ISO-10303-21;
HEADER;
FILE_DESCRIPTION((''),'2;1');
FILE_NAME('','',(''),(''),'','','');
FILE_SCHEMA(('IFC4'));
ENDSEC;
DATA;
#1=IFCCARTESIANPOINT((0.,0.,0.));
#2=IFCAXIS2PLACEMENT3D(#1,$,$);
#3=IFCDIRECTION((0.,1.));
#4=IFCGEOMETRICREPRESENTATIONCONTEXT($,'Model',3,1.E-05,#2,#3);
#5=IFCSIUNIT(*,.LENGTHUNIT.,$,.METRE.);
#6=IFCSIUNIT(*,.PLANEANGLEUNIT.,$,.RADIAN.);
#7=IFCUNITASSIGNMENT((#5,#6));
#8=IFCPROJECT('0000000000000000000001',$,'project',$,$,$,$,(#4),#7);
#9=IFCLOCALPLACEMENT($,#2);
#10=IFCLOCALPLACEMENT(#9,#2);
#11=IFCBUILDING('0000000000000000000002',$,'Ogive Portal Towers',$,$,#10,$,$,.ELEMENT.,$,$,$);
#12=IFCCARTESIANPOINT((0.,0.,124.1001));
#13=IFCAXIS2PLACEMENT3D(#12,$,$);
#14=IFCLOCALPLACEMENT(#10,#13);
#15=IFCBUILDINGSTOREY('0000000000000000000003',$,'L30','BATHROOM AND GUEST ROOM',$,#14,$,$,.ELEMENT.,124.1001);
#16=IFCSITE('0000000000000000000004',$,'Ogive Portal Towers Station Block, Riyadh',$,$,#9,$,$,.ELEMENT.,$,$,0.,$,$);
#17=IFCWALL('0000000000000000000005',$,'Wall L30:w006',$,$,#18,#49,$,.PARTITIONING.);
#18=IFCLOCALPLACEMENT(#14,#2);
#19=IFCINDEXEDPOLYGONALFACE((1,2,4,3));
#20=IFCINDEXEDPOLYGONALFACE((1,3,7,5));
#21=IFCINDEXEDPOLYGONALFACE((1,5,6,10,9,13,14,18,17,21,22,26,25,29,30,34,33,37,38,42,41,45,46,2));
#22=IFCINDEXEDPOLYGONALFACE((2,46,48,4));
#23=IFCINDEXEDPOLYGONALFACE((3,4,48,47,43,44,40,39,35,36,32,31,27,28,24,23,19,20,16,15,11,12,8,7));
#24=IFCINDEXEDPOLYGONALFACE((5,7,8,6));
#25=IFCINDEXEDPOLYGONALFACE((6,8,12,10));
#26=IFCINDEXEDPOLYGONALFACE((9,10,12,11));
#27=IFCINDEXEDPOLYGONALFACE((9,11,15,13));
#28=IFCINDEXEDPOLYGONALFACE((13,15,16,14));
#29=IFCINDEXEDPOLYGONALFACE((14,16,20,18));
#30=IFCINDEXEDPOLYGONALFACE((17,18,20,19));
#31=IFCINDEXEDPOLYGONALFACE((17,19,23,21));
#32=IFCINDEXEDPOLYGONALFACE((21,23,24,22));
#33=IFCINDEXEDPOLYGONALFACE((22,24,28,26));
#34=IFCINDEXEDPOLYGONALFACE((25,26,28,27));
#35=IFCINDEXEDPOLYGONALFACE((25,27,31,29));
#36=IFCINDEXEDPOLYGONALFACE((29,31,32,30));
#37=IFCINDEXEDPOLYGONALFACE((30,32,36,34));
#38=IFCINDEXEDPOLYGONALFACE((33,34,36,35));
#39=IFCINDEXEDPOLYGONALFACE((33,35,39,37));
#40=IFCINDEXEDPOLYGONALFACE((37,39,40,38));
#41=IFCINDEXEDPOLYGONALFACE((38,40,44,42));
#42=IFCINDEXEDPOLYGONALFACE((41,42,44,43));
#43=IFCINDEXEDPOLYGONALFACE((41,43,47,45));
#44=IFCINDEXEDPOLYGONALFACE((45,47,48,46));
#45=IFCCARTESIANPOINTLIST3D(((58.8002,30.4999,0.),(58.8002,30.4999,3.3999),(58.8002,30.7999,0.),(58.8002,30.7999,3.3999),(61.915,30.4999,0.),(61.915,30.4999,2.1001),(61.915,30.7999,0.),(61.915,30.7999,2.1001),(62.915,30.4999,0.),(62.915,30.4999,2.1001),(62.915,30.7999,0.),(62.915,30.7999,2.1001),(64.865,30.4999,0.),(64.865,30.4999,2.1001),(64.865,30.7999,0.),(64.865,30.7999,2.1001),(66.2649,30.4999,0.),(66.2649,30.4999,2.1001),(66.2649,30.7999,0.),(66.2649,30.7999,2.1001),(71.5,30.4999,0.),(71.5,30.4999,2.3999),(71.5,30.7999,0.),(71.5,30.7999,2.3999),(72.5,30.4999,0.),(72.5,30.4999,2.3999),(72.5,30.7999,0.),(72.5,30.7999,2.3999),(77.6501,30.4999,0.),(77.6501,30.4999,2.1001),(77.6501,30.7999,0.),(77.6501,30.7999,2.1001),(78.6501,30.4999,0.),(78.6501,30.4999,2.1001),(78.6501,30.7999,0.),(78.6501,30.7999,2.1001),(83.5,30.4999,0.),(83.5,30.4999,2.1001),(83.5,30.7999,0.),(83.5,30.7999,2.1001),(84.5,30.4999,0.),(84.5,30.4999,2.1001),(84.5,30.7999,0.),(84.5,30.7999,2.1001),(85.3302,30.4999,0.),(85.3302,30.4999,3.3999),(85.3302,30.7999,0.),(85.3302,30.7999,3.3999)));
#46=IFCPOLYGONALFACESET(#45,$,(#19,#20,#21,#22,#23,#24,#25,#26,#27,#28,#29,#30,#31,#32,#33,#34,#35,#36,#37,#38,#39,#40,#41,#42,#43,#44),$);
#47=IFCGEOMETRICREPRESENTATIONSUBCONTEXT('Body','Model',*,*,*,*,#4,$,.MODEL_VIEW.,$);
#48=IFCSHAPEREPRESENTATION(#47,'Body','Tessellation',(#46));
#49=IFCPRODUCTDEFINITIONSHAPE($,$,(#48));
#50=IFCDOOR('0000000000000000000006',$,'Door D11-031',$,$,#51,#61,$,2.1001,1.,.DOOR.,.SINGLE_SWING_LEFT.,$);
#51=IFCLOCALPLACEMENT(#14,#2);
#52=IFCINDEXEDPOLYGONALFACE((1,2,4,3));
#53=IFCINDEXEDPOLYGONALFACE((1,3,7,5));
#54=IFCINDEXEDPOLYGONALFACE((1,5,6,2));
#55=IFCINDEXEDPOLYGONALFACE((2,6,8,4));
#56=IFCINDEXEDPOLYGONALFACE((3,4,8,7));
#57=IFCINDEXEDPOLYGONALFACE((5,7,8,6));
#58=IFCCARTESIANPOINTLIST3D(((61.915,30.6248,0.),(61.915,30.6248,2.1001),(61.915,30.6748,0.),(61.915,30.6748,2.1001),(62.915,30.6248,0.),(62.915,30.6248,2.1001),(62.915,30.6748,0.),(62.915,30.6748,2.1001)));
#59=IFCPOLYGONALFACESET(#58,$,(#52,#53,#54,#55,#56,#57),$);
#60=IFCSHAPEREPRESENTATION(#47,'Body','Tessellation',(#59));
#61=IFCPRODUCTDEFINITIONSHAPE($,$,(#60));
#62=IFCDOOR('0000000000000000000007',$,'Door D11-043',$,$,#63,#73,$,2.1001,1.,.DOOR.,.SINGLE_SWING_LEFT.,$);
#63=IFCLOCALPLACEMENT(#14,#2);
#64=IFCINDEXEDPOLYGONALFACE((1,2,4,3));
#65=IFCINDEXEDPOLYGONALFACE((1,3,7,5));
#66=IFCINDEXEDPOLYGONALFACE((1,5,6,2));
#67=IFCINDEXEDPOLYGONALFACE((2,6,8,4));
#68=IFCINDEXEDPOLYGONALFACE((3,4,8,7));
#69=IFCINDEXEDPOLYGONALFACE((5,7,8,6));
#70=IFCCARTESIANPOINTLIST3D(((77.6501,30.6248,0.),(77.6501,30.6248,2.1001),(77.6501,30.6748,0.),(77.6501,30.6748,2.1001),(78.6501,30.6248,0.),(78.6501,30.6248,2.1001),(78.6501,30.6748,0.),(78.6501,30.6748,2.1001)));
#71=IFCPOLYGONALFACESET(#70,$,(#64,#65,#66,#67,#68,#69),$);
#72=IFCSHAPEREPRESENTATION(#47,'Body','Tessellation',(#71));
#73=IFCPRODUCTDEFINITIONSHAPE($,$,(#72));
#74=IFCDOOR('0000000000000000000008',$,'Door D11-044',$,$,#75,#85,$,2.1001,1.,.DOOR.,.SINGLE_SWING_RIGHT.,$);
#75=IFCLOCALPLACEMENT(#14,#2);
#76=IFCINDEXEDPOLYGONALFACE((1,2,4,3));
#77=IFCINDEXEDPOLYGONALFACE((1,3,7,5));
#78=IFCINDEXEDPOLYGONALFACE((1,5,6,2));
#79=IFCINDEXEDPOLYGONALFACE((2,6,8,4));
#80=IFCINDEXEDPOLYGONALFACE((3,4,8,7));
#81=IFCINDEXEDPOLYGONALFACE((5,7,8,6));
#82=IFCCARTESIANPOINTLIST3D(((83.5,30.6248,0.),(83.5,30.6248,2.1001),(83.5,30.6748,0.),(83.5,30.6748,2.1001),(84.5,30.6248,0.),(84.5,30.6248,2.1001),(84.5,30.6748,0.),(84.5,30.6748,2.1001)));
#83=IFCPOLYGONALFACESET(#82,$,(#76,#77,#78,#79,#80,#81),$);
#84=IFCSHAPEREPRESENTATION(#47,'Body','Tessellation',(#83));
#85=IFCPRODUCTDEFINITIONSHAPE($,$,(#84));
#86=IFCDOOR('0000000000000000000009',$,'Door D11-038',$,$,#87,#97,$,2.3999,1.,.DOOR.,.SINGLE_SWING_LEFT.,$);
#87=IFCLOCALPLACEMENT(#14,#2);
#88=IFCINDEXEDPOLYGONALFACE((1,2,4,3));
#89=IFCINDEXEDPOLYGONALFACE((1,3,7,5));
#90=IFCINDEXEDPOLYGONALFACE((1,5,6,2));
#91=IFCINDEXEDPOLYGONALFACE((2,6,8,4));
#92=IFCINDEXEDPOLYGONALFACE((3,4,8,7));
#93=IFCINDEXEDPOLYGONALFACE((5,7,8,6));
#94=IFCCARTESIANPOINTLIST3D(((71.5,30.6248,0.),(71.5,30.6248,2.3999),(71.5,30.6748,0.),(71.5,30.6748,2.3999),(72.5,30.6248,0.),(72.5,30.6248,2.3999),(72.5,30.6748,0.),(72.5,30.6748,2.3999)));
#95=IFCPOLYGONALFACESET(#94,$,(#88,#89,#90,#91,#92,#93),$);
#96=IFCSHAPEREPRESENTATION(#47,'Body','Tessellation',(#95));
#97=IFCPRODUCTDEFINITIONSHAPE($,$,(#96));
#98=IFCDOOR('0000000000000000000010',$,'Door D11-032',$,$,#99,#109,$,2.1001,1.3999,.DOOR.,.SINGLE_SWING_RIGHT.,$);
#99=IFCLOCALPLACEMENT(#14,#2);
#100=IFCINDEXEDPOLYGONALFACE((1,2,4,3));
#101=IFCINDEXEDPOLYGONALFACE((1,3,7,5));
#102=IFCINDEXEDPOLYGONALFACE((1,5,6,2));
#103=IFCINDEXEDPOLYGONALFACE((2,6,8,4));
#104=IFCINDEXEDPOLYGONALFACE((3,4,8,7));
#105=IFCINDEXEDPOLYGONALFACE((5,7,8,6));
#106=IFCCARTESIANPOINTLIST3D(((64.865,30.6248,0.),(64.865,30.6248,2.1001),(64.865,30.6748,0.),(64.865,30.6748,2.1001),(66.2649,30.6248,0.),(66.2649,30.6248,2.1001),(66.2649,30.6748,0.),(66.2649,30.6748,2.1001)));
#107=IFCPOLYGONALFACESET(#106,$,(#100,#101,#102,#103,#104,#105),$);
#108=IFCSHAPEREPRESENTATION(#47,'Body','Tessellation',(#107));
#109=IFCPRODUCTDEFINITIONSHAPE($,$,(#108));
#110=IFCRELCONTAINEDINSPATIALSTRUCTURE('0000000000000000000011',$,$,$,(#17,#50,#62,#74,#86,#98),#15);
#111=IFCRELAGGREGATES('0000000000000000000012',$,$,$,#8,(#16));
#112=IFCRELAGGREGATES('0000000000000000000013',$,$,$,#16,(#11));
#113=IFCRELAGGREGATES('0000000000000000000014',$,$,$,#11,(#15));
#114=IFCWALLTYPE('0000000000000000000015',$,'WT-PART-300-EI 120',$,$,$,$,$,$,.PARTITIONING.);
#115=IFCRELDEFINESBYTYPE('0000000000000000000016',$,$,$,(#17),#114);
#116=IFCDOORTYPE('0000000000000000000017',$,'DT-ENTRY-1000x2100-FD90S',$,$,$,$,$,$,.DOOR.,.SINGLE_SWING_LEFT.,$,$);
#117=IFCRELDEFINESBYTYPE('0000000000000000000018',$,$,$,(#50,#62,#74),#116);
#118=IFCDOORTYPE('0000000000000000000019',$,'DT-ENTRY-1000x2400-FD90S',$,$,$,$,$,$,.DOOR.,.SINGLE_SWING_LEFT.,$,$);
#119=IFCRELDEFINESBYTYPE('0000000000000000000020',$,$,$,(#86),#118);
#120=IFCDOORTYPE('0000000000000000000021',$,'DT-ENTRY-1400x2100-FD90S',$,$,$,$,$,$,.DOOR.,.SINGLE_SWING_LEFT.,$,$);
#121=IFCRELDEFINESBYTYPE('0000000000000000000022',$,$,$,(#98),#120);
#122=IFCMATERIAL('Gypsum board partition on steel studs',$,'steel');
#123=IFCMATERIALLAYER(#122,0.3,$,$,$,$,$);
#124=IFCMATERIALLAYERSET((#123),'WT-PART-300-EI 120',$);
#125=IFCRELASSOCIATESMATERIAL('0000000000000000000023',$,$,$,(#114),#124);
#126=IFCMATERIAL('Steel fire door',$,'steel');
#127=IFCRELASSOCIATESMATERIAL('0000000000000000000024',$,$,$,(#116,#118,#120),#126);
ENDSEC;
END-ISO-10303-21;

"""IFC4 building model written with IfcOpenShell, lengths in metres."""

from ifc_helpers import new_model, si_unit, direction, frame, frame_2d, origin, place, context, subcontext, project, spatial, rectangle, extrude, material, layer, layer_set, type_object, element, fill, save


model = new_model("IFC4")

# Units and contexts
model_context = context("Model", 3, precision=1e-05, world=origin(), true_north=direction((0.0, 1.0)))
body_context = subcontext(model_context, "Body", "Model", "MODEL_VIEW")
ifc_project = project(units=[si_unit("LENGTHUNIT", "METRE"), si_unit("PLANEANGLEUNIT", "RADIAN")], contexts=[model_context])

# Site, building, storey
site_placement = place(None, origin())
site = spatial("IfcSite", under=ifc_project, at=site_placement, Name="Ogive Portal Towers Station Block, Riyadh", CompositionType="ELEMENT", RefElevation=0.0)
building_placement = place(site_placement, origin())
building = spatial("IfcBuilding", under=site, at=building_placement, Name="Ogive Portal Towers", CompositionType="ELEMENT")
storey_placement = place(building_placement, frame((0.0, 0.0, 124.1001)))
storey = spatial("IfcBuildingStorey", under=building, at=storey_placement, Name="L30", Description="BATHROOM AND GUEST ROOM", CompositionType="ELEMENT", Elevation=124.1001)

# Wall, openings, doors
ifc_material_1 = material(Name="Gypsum board partition on steel studs", Category="steel")
ifc_layer_1 = layer(ifc_material_1, 0.3)
ifc_layer_set_1 = layer_set([ifc_layer_1], Name="WT-PART-300-EI 120")
wall_type_1 = type_object("IfcWallType", Name="WT-PART-300-EI 120", PredefinedType="PARTITIONING", material=ifc_layer_set_1)
wall_1_placement = place(storey_placement, frame((58.8, 30.6499, 0.0), z_axis=(0.0, 0.0, 1.0), x_axis=(1.0, 0.0, 0.0)))
wall_1 = element("IfcWall", 1, at=wall_1_placement, inside=storey, type_object=wall_type_1, Name="Wall L30:w006", PredefinedType="PARTITIONING", context=body_context, shape_type="SweptSolid", body=[
    extrude(rectangle(XDim=26.53, YDim=0.3, at=frame_2d((13.2651, 0.0))), origin(), (0.0, 0.0, 1.0), 3.3999),
])
opening_1_placement = place(wall_1_placement, frame((3.115, 0.0, 0.0)))
opening_1 = element("IfcOpeningElement", 2, at=opening_1_placement, cuts=wall_1, PredefinedType="OPENING", context=body_context, shape_type="SweptSolid", body=[
    extrude(rectangle(XDim=1.0, YDim=2.1001, at=frame_2d((0.5, 1.05))), frame((0.0, 0.1602, 0.0), z_axis=(0.0, -1.0, 0.0), x_axis=(1.0, 0.0, 0.0)), (0.0, 0.0, 1.0), 0.3201),
])
opening_2_placement = place(wall_1_placement, frame((6.0649, 0.0, 0.0)))
opening_2 = element("IfcOpeningElement", 3, at=opening_2_placement, cuts=wall_1, PredefinedType="OPENING", context=body_context, shape_type="SweptSolid", body=[
    extrude(rectangle(XDim=1.3999, YDim=2.1001, at=frame_2d((0.7, 1.05))), frame((0.0, 0.1602, 0.0), z_axis=(0.0, -1.0, 0.0), x_axis=(1.0, 0.0, 0.0)), (0.0, 0.0, 1.0), 0.3201),
])
opening_3_placement = place(wall_1_placement, frame((12.7, 0.0, 0.0)))
opening_3 = element("IfcOpeningElement", 4, at=opening_3_placement, cuts=wall_1, PredefinedType="OPENING", context=body_context, shape_type="SweptSolid", body=[
    extrude(rectangle(XDim=1.0, YDim=2.3999, at=frame_2d((0.5, 1.2))), frame((0.0, 0.1602, 0.0), z_axis=(0.0, -1.0, 0.0), x_axis=(1.0, 0.0, 0.0)), (0.0, 0.0, 1.0), 0.3201),
])
opening_4_placement = place(wall_1_placement, frame((18.8501, 0.0, 0.0)))
opening_4 = element("IfcOpeningElement", 5, at=opening_4_placement, cuts=wall_1, PredefinedType="OPENING", context=body_context, shape_type="SweptSolid", body=[
    extrude(rectangle(XDim=1.0, YDim=2.1001, at=frame_2d((0.5, 1.05))), frame((0.0, 0.1602, 0.0), z_axis=(0.0, -1.0, 0.0), x_axis=(1.0, 0.0, 0.0)), (0.0, 0.0, 1.0), 0.3201),
])
opening_5_placement = place(wall_1_placement, frame((24.7, 0.0, 0.0)))
opening_5 = element("IfcOpeningElement", 6, at=opening_5_placement, cuts=wall_1, PredefinedType="OPENING", context=body_context, shape_type="SweptSolid", body=[
    extrude(rectangle(XDim=1.0, YDim=2.1001, at=frame_2d((0.5, 1.05))), frame((0.0, 0.1602, 0.0), z_axis=(0.0, -1.0, 0.0), x_axis=(1.0, 0.0, 0.0)), (0.0, 0.0, 1.0), 0.3201),
])
ifc_material_2 = material(Name="Steel fire door", Category="steel")
door_type_1 = type_object("IfcDoorType", Name="DT-ENTRY-1000x2100-FD90S", OperationType="SINGLE_SWING_LEFT", PredefinedType="DOOR", material=ifc_material_2)
door_1_placement = place(opening_1_placement, origin())
door_1 = element("IfcDoor", 7, at=door_1_placement, inside=storey, type_object=door_type_1, Name="Door D11-031", OperationType="SINGLE_SWING_LEFT", OverallHeight=2.1001, OverallWidth=1.0, PredefinedType="DOOR", context=body_context, shape_type="SweptSolid", body=[
    extrude(rectangle(XDim=1.0, YDim=2.1001, at=frame_2d((0.5, 1.05))), frame((0.0, 0.0249, 0.0), z_axis=(0.0, -1.0, 0.0), x_axis=(1.0, 0.0, 0.0)), (0.0, 0.0, 1.0), 0.05),
])
fill(opening_1, door_1)
door_2_placement = place(opening_4_placement, origin())
door_2 = element("IfcDoor", 8, at=door_2_placement, inside=storey, type_object=door_type_1, Name="Door D11-043", OperationType="SINGLE_SWING_LEFT", OverallHeight=2.1001, OverallWidth=1.0, PredefinedType="DOOR", context=body_context, shape_type="SweptSolid", body=[
    extrude(rectangle(XDim=1.0, YDim=2.1001, at=frame_2d((0.5, 1.05))), frame((0.0, 0.0249, 0.0), z_axis=(0.0, -1.0, 0.0), x_axis=(1.0, 0.0, 0.0)), (0.0, 0.0, 1.0), 0.05),
])
fill(opening_4, door_2)
door_3_placement = place(opening_5_placement, origin())
door_3 = element("IfcDoor", 9, at=door_3_placement, inside=storey, type_object=door_type_1, Name="Door D11-044", OperationType="SINGLE_SWING_RIGHT", OverallHeight=2.1001, OverallWidth=1.0, PredefinedType="DOOR", context=body_context, shape_type="SweptSolid", body=[
    extrude(rectangle(XDim=1.0, YDim=2.1001, at=frame_2d((0.5, 1.05))), frame((0.0, 0.0249, 0.0), z_axis=(0.0, -1.0, 0.0), x_axis=(1.0, 0.0, 0.0)), (0.0, 0.0, 1.0), 0.05),
])
fill(opening_5, door_3)
door_type_2 = type_object("IfcDoorType", Name="DT-ENTRY-1000x2400-FD90S", OperationType="SINGLE_SWING_LEFT", PredefinedType="DOOR", material=ifc_material_2)
door_4_placement = place(opening_3_placement, origin())
door_4 = element("IfcDoor", 10, at=door_4_placement, inside=storey, type_object=door_type_2, Name="Door D11-038", OperationType="SINGLE_SWING_LEFT", OverallHeight=2.3999, OverallWidth=1.0, PredefinedType="DOOR", context=body_context, shape_type="SweptSolid", body=[
    extrude(rectangle(XDim=1.0, YDim=2.3999, at=frame_2d((0.5, 1.2))), frame((0.0, 0.0249, 0.0), z_axis=(0.0, -1.0, 0.0), x_axis=(1.0, 0.0, 0.0)), (0.0, 0.0, 1.0), 0.05),
])
fill(opening_3, door_4)
door_type_3 = type_object("IfcDoorType", Name="DT-ENTRY-1400x2100-FD90S", OperationType="SINGLE_SWING_LEFT", PredefinedType="DOOR", material=ifc_material_2)
door_5_placement = place(opening_2_placement, origin())
door_5 = element("IfcDoor", 11, at=door_5_placement, inside=storey, type_object=door_type_3, Name="Door D11-032", OperationType="SINGLE_SWING_RIGHT", OverallHeight=2.1001, OverallWidth=1.3999, PredefinedType="DOOR", context=body_context, shape_type="SweptSolid", body=[
    extrude(rectangle(XDim=1.3999, YDim=2.1001, at=frame_2d((0.7, 1.05))), frame((0.0, 0.0249, 0.0), z_axis=(0.0, -1.0, 0.0), x_axis=(1.0, 0.0, 0.0)), (0.0, 0.0, 1.0), 0.05),
])
fill(opening_2, door_5)

save(model, "model.ifc")
